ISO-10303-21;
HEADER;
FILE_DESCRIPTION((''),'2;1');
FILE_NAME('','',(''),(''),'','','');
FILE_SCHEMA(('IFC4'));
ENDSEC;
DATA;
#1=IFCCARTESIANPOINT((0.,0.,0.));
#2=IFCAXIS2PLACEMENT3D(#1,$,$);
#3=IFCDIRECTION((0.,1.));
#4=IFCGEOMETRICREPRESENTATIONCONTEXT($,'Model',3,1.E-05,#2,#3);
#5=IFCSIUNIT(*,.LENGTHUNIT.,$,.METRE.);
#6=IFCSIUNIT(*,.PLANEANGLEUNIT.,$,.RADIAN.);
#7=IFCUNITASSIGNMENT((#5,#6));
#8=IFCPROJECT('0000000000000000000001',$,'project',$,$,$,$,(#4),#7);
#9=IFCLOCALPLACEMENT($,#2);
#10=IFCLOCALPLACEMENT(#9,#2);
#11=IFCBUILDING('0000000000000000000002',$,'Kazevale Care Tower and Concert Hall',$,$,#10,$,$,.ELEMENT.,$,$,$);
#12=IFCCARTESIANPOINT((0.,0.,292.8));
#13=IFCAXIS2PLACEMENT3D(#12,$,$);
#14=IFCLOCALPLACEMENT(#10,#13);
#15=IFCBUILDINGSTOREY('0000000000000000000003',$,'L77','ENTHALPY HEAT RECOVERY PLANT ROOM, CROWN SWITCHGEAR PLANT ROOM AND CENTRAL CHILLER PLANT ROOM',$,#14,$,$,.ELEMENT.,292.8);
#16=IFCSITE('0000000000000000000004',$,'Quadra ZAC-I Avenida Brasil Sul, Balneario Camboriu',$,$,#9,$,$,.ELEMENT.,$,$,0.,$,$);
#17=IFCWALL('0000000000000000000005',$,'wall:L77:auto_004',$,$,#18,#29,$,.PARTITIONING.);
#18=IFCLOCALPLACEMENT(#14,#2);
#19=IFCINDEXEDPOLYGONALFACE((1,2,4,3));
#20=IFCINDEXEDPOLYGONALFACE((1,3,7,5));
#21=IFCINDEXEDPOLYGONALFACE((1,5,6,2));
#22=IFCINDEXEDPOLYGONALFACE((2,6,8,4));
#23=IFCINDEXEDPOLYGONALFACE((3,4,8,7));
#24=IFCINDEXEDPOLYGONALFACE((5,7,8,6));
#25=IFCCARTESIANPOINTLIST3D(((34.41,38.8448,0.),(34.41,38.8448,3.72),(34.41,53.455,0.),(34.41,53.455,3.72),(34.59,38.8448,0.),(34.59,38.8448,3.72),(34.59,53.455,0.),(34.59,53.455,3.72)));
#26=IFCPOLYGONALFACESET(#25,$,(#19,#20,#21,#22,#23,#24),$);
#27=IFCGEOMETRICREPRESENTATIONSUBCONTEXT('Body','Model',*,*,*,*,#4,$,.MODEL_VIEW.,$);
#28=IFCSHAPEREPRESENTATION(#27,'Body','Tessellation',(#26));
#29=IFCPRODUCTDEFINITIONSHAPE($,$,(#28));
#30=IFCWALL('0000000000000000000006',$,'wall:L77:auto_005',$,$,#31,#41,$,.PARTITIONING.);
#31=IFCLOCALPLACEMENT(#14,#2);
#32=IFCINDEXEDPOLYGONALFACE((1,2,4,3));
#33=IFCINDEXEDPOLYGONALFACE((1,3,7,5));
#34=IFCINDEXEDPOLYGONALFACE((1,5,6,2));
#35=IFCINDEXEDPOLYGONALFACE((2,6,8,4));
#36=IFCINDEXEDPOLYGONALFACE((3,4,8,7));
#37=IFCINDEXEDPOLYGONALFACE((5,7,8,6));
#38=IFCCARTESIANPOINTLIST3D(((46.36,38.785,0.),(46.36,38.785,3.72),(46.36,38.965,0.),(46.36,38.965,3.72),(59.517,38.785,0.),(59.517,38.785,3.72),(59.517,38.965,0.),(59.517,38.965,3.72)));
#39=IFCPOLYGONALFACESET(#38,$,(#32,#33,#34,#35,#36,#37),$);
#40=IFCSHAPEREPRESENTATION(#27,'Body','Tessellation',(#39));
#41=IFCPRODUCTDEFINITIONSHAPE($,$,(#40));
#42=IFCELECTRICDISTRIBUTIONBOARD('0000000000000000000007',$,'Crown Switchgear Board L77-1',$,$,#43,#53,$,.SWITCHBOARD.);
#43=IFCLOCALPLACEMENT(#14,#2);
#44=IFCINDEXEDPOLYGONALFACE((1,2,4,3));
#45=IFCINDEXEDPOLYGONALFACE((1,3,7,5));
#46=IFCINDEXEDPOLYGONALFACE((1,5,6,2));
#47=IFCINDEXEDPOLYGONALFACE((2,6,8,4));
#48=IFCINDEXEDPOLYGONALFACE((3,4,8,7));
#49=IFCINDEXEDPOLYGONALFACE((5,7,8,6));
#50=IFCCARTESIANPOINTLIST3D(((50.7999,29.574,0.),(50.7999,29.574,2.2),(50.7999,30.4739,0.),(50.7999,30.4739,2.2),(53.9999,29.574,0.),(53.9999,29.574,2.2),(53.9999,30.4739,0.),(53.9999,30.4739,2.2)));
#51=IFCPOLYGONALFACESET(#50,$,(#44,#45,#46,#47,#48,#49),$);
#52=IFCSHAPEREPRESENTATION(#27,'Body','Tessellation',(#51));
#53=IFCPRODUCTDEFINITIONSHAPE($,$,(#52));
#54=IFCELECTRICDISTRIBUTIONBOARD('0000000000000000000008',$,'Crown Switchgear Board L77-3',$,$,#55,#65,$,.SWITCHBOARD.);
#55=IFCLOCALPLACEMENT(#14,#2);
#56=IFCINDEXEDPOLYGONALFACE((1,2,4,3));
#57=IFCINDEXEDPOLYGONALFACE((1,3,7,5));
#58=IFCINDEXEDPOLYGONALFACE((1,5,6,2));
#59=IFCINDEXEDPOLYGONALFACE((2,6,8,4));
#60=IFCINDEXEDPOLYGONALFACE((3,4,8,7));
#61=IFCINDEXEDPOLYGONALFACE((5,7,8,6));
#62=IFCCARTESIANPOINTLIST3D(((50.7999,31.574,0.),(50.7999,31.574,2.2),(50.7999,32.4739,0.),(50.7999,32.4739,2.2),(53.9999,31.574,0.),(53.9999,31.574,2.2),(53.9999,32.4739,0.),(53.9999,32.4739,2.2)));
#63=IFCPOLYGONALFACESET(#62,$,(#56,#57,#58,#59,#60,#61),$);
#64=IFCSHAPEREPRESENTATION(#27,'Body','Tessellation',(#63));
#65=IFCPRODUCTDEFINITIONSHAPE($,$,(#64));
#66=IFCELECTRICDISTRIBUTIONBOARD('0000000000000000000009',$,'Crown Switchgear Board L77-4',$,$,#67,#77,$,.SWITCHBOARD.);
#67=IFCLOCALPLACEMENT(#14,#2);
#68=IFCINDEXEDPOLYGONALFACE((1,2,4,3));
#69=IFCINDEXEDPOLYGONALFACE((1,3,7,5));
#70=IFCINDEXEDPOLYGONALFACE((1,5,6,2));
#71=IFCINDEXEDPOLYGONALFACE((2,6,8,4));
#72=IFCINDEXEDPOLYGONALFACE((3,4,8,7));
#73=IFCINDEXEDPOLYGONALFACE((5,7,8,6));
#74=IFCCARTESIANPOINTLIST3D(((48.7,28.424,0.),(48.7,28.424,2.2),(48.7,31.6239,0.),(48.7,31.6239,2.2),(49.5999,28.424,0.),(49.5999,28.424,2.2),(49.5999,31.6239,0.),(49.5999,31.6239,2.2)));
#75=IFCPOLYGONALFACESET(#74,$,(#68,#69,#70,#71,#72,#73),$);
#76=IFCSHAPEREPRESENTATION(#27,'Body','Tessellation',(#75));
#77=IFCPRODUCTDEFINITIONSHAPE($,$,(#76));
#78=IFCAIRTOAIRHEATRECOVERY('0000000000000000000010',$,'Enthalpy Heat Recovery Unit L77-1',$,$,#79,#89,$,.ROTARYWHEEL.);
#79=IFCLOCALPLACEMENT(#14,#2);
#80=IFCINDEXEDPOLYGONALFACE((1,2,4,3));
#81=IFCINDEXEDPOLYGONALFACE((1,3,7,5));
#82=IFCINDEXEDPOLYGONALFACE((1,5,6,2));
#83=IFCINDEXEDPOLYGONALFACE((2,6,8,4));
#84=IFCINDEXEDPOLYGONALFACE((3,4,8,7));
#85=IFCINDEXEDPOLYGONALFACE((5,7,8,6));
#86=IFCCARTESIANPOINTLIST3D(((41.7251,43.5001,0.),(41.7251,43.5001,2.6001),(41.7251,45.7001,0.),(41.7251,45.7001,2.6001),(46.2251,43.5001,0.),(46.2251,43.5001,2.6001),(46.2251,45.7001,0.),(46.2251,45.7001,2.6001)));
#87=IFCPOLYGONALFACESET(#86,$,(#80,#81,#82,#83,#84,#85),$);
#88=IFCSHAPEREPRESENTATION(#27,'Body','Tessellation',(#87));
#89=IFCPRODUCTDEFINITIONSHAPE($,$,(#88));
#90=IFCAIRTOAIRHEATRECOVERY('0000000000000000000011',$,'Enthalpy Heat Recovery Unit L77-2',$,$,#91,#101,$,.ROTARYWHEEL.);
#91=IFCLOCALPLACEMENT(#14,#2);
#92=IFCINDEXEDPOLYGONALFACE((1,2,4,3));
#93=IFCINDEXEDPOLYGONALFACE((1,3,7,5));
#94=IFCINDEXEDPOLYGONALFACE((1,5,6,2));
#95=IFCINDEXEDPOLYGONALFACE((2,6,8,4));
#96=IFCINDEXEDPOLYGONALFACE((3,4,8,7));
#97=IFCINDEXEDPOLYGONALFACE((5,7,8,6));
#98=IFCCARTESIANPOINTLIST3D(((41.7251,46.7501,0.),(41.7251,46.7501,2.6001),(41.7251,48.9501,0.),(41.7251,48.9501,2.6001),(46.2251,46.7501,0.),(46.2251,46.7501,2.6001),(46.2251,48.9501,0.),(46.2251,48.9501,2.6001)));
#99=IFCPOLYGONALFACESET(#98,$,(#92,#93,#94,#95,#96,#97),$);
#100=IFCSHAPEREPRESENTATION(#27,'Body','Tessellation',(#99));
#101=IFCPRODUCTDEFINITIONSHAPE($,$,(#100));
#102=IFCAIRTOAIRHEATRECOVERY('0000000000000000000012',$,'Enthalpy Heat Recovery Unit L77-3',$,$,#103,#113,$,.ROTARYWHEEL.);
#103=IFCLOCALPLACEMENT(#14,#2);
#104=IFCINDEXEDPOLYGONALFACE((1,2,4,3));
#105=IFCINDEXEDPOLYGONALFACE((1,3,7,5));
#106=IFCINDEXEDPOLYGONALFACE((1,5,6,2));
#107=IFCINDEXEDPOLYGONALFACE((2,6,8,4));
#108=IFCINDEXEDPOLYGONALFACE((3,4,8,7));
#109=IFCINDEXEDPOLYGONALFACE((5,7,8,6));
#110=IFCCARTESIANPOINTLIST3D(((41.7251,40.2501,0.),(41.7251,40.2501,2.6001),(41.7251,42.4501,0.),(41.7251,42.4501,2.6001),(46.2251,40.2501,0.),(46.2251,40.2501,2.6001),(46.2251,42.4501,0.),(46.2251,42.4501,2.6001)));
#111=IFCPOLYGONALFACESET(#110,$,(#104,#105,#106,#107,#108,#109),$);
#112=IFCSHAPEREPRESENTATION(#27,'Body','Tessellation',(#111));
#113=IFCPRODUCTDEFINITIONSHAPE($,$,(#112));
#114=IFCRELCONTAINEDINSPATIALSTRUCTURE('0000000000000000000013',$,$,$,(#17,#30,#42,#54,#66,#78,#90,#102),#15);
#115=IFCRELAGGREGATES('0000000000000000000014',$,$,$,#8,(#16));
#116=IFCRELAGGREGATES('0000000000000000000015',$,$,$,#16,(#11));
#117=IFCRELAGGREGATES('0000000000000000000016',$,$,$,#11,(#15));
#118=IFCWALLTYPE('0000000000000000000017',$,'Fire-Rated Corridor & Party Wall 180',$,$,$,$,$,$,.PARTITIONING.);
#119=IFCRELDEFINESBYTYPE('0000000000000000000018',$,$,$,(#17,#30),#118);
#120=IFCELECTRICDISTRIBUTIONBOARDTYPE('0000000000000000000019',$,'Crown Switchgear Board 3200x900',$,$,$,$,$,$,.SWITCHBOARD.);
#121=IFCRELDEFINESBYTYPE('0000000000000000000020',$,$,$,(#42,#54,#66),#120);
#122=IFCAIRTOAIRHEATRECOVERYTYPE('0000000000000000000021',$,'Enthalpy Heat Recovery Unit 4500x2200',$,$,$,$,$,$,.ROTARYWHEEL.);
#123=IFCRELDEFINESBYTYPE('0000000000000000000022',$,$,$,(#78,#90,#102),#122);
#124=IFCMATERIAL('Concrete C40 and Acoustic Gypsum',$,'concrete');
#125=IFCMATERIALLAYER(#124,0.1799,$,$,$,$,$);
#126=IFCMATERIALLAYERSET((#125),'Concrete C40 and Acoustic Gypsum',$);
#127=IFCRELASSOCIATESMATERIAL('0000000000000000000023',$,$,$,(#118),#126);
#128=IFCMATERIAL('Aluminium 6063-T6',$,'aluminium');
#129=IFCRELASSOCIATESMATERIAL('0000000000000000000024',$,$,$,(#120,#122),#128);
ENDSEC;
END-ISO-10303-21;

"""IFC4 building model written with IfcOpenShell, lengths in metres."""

from ifc_helpers import new_model, si_unit, direction, frame, frame_2d, origin, origin_2d, place, context, subcontext, project, spatial, rectangle, extrude, material, layer, layer_set, type_object, element, save


model = new_model("IFC4")

# Units and contexts
model_context = context("Model", 3, precision=1e-05, world=origin(), true_north=direction((0.0, 1.0)))
body_context = subcontext(model_context, "Body", "Model", "MODEL_VIEW")
ifc_project = project(units=[si_unit("LENGTHUNIT", "METRE"), si_unit("PLANEANGLEUNIT", "RADIAN")], contexts=[model_context])

# Site, building, storey
site_placement = place(None, origin())
site = spatial("IfcSite", under=ifc_project, at=site_placement, Name="Quadra ZAC-I Avenida Brasil Sul, Balneario Camboriu", CompositionType="ELEMENT", RefElevation=0.0)
building_placement = place(site_placement, origin())
building = spatial("IfcBuilding", under=site, at=building_placement, Name="Kazevale Care Tower and Concert Hall", CompositionType="ELEMENT")
storey_placement = place(building_placement, frame((0.0, 0.0, 292.8)))
storey = spatial("IfcBuildingStorey", under=building, at=storey_placement, Name="L77", Description="ENTHALPY HEAT RECOVERY PLANT ROOM, CROWN SWITCHGEAR PLANT ROOM AND CENTRAL CHILLER PLANT ROOM", CompositionType="ELEMENT", Elevation=292.8)

# Shared definitions
ifc_material_1 = material(Name="Aluminium 6063-T6", Category="aluminium")

# Shared definitions
ifc_material_2 = material(Name="Concrete C40 and Acoustic Gypsum", Category="concrete")
ifc_layer_1 = layer(ifc_material_2, 0.1799)
ifc_layer_set_1 = layer_set([ifc_layer_1], Name="Concrete C40 and Acoustic Gypsum")
wall_type_1 = type_object("IfcWallType", Name="Fire-Rated Corridor & Party Wall 180", PredefinedType="PARTITIONING", material=ifc_layer_set_1)

# Walls
wall_1_placement = place(storey_placement, frame((34.5, 53.4551, 0.0), z_axis=(0.0, 0.0, 1.0), x_axis=(0.0, -1.0, 0.0)))
element("IfcWall", 1, at=wall_1_placement, inside=storey, type_object=wall_type_1, Name="wall:L77:auto_004", PredefinedType="PARTITIONING", context=body_context, shape_type="SweptSolid", body=[
    extrude(rectangle(XDim=14.6101, YDim=0.1799, at=frame_2d((7.3052, 0.0))), origin(), (0.0, 0.0, 1.0), 3.72),
])
wall_2_placement = place(storey_placement, frame((59.5171, 38.875, 0.0), z_axis=(0.0, 0.0, 1.0), x_axis=(-1.0, 0.0, 0.0)))
element("IfcWall", 2, at=wall_2_placement, inside=storey, type_object=wall_type_1, Name="wall:L77:auto_005", PredefinedType="PARTITIONING", context=body_context, shape_type="SweptSolid", body=[
    extrude(rectangle(XDim=13.157, YDim=0.1799, at=frame_2d((6.5786, 0.0))), origin(), (0.0, 0.0, 1.0), 3.72),
])

# Electric distribution boards
electric_distribution_board_type = type_object("IfcElectricDistributionBoardType", Name="Crown Switchgear Board 3200x900", PredefinedType="SWITCHBOARD", material=ifc_material_1)
for number, where, z_axis, x_axis, name in (
    (3, (52.3999, 30.0239, 0.0), (0.0, 0.0, 1.0), (1.0, 0.0, 0.0), "Crown Switchgear Board L77-1"),
    (4, (52.3999, 32.0239, 0.0), (0.0, 0.0, 1.0), (1.0, 0.0, 0.0), "Crown Switchgear Board L77-3"),
    (5, (49.1499, 30.0239, 0.0), (0.0, 0.0, 1.0), (0.0, 1.0, 0.0), "Crown Switchgear Board L77-4"),
):
    element("IfcElectricDistributionBoard", number, at=place(storey_placement, frame(where, z_axis=z_axis, x_axis=x_axis)), inside=storey, type_object=electric_distribution_board_type, Name=name, PredefinedType="SWITCHBOARD", context=body_context, shape_type="SweptSolid", body=[
        extrude(rectangle(XDim=3.2, YDim=0.8999, at=origin_2d()), origin(), (0.0, 0.0, 1.0), 2.2),
    ])

# Air to air heat recoveries
air_to_air_heat_recovery_type = type_object("IfcAirToAirHeatRecoveryType", Name="Enthalpy Heat Recovery Unit 4500x2200", PredefinedType="ROTARYWHEEL", material=ifc_material_1)
for number, where, z_axis, x_axis, name in (
    (6, (43.9751, 44.6001, 0.0), (0.0, 0.0, 1.0), (1.0, 0.0, 0.0), "Enthalpy Heat Recovery Unit L77-1"),
    (7, (43.9751, 47.8501, 0.0), (0.0, 0.0, 1.0), (1.0, 0.0, 0.0), "Enthalpy Heat Recovery Unit L77-2"),
    (8, (43.9751, 41.3501, 0.0), (0.0, 0.0, 1.0), (1.0, 0.0, 0.0), "Enthalpy Heat Recovery Unit L77-3"),
):
    element("IfcAirToAirHeatRecovery", number, at=place(storey_placement, frame(where, z_axis=z_axis, x_axis=x_axis)), inside=storey, type_object=air_to_air_heat_recovery_type, Name=name, PredefinedType="ROTARYWHEEL", context=body_context, shape_type="SweptSolid", body=[
        extrude(rectangle(XDim=4.5, YDim=2.2, at=origin_2d()), origin(), (0.0, 0.0, 1.0), 2.6001),
    ])

save(model, "model.ifc")
